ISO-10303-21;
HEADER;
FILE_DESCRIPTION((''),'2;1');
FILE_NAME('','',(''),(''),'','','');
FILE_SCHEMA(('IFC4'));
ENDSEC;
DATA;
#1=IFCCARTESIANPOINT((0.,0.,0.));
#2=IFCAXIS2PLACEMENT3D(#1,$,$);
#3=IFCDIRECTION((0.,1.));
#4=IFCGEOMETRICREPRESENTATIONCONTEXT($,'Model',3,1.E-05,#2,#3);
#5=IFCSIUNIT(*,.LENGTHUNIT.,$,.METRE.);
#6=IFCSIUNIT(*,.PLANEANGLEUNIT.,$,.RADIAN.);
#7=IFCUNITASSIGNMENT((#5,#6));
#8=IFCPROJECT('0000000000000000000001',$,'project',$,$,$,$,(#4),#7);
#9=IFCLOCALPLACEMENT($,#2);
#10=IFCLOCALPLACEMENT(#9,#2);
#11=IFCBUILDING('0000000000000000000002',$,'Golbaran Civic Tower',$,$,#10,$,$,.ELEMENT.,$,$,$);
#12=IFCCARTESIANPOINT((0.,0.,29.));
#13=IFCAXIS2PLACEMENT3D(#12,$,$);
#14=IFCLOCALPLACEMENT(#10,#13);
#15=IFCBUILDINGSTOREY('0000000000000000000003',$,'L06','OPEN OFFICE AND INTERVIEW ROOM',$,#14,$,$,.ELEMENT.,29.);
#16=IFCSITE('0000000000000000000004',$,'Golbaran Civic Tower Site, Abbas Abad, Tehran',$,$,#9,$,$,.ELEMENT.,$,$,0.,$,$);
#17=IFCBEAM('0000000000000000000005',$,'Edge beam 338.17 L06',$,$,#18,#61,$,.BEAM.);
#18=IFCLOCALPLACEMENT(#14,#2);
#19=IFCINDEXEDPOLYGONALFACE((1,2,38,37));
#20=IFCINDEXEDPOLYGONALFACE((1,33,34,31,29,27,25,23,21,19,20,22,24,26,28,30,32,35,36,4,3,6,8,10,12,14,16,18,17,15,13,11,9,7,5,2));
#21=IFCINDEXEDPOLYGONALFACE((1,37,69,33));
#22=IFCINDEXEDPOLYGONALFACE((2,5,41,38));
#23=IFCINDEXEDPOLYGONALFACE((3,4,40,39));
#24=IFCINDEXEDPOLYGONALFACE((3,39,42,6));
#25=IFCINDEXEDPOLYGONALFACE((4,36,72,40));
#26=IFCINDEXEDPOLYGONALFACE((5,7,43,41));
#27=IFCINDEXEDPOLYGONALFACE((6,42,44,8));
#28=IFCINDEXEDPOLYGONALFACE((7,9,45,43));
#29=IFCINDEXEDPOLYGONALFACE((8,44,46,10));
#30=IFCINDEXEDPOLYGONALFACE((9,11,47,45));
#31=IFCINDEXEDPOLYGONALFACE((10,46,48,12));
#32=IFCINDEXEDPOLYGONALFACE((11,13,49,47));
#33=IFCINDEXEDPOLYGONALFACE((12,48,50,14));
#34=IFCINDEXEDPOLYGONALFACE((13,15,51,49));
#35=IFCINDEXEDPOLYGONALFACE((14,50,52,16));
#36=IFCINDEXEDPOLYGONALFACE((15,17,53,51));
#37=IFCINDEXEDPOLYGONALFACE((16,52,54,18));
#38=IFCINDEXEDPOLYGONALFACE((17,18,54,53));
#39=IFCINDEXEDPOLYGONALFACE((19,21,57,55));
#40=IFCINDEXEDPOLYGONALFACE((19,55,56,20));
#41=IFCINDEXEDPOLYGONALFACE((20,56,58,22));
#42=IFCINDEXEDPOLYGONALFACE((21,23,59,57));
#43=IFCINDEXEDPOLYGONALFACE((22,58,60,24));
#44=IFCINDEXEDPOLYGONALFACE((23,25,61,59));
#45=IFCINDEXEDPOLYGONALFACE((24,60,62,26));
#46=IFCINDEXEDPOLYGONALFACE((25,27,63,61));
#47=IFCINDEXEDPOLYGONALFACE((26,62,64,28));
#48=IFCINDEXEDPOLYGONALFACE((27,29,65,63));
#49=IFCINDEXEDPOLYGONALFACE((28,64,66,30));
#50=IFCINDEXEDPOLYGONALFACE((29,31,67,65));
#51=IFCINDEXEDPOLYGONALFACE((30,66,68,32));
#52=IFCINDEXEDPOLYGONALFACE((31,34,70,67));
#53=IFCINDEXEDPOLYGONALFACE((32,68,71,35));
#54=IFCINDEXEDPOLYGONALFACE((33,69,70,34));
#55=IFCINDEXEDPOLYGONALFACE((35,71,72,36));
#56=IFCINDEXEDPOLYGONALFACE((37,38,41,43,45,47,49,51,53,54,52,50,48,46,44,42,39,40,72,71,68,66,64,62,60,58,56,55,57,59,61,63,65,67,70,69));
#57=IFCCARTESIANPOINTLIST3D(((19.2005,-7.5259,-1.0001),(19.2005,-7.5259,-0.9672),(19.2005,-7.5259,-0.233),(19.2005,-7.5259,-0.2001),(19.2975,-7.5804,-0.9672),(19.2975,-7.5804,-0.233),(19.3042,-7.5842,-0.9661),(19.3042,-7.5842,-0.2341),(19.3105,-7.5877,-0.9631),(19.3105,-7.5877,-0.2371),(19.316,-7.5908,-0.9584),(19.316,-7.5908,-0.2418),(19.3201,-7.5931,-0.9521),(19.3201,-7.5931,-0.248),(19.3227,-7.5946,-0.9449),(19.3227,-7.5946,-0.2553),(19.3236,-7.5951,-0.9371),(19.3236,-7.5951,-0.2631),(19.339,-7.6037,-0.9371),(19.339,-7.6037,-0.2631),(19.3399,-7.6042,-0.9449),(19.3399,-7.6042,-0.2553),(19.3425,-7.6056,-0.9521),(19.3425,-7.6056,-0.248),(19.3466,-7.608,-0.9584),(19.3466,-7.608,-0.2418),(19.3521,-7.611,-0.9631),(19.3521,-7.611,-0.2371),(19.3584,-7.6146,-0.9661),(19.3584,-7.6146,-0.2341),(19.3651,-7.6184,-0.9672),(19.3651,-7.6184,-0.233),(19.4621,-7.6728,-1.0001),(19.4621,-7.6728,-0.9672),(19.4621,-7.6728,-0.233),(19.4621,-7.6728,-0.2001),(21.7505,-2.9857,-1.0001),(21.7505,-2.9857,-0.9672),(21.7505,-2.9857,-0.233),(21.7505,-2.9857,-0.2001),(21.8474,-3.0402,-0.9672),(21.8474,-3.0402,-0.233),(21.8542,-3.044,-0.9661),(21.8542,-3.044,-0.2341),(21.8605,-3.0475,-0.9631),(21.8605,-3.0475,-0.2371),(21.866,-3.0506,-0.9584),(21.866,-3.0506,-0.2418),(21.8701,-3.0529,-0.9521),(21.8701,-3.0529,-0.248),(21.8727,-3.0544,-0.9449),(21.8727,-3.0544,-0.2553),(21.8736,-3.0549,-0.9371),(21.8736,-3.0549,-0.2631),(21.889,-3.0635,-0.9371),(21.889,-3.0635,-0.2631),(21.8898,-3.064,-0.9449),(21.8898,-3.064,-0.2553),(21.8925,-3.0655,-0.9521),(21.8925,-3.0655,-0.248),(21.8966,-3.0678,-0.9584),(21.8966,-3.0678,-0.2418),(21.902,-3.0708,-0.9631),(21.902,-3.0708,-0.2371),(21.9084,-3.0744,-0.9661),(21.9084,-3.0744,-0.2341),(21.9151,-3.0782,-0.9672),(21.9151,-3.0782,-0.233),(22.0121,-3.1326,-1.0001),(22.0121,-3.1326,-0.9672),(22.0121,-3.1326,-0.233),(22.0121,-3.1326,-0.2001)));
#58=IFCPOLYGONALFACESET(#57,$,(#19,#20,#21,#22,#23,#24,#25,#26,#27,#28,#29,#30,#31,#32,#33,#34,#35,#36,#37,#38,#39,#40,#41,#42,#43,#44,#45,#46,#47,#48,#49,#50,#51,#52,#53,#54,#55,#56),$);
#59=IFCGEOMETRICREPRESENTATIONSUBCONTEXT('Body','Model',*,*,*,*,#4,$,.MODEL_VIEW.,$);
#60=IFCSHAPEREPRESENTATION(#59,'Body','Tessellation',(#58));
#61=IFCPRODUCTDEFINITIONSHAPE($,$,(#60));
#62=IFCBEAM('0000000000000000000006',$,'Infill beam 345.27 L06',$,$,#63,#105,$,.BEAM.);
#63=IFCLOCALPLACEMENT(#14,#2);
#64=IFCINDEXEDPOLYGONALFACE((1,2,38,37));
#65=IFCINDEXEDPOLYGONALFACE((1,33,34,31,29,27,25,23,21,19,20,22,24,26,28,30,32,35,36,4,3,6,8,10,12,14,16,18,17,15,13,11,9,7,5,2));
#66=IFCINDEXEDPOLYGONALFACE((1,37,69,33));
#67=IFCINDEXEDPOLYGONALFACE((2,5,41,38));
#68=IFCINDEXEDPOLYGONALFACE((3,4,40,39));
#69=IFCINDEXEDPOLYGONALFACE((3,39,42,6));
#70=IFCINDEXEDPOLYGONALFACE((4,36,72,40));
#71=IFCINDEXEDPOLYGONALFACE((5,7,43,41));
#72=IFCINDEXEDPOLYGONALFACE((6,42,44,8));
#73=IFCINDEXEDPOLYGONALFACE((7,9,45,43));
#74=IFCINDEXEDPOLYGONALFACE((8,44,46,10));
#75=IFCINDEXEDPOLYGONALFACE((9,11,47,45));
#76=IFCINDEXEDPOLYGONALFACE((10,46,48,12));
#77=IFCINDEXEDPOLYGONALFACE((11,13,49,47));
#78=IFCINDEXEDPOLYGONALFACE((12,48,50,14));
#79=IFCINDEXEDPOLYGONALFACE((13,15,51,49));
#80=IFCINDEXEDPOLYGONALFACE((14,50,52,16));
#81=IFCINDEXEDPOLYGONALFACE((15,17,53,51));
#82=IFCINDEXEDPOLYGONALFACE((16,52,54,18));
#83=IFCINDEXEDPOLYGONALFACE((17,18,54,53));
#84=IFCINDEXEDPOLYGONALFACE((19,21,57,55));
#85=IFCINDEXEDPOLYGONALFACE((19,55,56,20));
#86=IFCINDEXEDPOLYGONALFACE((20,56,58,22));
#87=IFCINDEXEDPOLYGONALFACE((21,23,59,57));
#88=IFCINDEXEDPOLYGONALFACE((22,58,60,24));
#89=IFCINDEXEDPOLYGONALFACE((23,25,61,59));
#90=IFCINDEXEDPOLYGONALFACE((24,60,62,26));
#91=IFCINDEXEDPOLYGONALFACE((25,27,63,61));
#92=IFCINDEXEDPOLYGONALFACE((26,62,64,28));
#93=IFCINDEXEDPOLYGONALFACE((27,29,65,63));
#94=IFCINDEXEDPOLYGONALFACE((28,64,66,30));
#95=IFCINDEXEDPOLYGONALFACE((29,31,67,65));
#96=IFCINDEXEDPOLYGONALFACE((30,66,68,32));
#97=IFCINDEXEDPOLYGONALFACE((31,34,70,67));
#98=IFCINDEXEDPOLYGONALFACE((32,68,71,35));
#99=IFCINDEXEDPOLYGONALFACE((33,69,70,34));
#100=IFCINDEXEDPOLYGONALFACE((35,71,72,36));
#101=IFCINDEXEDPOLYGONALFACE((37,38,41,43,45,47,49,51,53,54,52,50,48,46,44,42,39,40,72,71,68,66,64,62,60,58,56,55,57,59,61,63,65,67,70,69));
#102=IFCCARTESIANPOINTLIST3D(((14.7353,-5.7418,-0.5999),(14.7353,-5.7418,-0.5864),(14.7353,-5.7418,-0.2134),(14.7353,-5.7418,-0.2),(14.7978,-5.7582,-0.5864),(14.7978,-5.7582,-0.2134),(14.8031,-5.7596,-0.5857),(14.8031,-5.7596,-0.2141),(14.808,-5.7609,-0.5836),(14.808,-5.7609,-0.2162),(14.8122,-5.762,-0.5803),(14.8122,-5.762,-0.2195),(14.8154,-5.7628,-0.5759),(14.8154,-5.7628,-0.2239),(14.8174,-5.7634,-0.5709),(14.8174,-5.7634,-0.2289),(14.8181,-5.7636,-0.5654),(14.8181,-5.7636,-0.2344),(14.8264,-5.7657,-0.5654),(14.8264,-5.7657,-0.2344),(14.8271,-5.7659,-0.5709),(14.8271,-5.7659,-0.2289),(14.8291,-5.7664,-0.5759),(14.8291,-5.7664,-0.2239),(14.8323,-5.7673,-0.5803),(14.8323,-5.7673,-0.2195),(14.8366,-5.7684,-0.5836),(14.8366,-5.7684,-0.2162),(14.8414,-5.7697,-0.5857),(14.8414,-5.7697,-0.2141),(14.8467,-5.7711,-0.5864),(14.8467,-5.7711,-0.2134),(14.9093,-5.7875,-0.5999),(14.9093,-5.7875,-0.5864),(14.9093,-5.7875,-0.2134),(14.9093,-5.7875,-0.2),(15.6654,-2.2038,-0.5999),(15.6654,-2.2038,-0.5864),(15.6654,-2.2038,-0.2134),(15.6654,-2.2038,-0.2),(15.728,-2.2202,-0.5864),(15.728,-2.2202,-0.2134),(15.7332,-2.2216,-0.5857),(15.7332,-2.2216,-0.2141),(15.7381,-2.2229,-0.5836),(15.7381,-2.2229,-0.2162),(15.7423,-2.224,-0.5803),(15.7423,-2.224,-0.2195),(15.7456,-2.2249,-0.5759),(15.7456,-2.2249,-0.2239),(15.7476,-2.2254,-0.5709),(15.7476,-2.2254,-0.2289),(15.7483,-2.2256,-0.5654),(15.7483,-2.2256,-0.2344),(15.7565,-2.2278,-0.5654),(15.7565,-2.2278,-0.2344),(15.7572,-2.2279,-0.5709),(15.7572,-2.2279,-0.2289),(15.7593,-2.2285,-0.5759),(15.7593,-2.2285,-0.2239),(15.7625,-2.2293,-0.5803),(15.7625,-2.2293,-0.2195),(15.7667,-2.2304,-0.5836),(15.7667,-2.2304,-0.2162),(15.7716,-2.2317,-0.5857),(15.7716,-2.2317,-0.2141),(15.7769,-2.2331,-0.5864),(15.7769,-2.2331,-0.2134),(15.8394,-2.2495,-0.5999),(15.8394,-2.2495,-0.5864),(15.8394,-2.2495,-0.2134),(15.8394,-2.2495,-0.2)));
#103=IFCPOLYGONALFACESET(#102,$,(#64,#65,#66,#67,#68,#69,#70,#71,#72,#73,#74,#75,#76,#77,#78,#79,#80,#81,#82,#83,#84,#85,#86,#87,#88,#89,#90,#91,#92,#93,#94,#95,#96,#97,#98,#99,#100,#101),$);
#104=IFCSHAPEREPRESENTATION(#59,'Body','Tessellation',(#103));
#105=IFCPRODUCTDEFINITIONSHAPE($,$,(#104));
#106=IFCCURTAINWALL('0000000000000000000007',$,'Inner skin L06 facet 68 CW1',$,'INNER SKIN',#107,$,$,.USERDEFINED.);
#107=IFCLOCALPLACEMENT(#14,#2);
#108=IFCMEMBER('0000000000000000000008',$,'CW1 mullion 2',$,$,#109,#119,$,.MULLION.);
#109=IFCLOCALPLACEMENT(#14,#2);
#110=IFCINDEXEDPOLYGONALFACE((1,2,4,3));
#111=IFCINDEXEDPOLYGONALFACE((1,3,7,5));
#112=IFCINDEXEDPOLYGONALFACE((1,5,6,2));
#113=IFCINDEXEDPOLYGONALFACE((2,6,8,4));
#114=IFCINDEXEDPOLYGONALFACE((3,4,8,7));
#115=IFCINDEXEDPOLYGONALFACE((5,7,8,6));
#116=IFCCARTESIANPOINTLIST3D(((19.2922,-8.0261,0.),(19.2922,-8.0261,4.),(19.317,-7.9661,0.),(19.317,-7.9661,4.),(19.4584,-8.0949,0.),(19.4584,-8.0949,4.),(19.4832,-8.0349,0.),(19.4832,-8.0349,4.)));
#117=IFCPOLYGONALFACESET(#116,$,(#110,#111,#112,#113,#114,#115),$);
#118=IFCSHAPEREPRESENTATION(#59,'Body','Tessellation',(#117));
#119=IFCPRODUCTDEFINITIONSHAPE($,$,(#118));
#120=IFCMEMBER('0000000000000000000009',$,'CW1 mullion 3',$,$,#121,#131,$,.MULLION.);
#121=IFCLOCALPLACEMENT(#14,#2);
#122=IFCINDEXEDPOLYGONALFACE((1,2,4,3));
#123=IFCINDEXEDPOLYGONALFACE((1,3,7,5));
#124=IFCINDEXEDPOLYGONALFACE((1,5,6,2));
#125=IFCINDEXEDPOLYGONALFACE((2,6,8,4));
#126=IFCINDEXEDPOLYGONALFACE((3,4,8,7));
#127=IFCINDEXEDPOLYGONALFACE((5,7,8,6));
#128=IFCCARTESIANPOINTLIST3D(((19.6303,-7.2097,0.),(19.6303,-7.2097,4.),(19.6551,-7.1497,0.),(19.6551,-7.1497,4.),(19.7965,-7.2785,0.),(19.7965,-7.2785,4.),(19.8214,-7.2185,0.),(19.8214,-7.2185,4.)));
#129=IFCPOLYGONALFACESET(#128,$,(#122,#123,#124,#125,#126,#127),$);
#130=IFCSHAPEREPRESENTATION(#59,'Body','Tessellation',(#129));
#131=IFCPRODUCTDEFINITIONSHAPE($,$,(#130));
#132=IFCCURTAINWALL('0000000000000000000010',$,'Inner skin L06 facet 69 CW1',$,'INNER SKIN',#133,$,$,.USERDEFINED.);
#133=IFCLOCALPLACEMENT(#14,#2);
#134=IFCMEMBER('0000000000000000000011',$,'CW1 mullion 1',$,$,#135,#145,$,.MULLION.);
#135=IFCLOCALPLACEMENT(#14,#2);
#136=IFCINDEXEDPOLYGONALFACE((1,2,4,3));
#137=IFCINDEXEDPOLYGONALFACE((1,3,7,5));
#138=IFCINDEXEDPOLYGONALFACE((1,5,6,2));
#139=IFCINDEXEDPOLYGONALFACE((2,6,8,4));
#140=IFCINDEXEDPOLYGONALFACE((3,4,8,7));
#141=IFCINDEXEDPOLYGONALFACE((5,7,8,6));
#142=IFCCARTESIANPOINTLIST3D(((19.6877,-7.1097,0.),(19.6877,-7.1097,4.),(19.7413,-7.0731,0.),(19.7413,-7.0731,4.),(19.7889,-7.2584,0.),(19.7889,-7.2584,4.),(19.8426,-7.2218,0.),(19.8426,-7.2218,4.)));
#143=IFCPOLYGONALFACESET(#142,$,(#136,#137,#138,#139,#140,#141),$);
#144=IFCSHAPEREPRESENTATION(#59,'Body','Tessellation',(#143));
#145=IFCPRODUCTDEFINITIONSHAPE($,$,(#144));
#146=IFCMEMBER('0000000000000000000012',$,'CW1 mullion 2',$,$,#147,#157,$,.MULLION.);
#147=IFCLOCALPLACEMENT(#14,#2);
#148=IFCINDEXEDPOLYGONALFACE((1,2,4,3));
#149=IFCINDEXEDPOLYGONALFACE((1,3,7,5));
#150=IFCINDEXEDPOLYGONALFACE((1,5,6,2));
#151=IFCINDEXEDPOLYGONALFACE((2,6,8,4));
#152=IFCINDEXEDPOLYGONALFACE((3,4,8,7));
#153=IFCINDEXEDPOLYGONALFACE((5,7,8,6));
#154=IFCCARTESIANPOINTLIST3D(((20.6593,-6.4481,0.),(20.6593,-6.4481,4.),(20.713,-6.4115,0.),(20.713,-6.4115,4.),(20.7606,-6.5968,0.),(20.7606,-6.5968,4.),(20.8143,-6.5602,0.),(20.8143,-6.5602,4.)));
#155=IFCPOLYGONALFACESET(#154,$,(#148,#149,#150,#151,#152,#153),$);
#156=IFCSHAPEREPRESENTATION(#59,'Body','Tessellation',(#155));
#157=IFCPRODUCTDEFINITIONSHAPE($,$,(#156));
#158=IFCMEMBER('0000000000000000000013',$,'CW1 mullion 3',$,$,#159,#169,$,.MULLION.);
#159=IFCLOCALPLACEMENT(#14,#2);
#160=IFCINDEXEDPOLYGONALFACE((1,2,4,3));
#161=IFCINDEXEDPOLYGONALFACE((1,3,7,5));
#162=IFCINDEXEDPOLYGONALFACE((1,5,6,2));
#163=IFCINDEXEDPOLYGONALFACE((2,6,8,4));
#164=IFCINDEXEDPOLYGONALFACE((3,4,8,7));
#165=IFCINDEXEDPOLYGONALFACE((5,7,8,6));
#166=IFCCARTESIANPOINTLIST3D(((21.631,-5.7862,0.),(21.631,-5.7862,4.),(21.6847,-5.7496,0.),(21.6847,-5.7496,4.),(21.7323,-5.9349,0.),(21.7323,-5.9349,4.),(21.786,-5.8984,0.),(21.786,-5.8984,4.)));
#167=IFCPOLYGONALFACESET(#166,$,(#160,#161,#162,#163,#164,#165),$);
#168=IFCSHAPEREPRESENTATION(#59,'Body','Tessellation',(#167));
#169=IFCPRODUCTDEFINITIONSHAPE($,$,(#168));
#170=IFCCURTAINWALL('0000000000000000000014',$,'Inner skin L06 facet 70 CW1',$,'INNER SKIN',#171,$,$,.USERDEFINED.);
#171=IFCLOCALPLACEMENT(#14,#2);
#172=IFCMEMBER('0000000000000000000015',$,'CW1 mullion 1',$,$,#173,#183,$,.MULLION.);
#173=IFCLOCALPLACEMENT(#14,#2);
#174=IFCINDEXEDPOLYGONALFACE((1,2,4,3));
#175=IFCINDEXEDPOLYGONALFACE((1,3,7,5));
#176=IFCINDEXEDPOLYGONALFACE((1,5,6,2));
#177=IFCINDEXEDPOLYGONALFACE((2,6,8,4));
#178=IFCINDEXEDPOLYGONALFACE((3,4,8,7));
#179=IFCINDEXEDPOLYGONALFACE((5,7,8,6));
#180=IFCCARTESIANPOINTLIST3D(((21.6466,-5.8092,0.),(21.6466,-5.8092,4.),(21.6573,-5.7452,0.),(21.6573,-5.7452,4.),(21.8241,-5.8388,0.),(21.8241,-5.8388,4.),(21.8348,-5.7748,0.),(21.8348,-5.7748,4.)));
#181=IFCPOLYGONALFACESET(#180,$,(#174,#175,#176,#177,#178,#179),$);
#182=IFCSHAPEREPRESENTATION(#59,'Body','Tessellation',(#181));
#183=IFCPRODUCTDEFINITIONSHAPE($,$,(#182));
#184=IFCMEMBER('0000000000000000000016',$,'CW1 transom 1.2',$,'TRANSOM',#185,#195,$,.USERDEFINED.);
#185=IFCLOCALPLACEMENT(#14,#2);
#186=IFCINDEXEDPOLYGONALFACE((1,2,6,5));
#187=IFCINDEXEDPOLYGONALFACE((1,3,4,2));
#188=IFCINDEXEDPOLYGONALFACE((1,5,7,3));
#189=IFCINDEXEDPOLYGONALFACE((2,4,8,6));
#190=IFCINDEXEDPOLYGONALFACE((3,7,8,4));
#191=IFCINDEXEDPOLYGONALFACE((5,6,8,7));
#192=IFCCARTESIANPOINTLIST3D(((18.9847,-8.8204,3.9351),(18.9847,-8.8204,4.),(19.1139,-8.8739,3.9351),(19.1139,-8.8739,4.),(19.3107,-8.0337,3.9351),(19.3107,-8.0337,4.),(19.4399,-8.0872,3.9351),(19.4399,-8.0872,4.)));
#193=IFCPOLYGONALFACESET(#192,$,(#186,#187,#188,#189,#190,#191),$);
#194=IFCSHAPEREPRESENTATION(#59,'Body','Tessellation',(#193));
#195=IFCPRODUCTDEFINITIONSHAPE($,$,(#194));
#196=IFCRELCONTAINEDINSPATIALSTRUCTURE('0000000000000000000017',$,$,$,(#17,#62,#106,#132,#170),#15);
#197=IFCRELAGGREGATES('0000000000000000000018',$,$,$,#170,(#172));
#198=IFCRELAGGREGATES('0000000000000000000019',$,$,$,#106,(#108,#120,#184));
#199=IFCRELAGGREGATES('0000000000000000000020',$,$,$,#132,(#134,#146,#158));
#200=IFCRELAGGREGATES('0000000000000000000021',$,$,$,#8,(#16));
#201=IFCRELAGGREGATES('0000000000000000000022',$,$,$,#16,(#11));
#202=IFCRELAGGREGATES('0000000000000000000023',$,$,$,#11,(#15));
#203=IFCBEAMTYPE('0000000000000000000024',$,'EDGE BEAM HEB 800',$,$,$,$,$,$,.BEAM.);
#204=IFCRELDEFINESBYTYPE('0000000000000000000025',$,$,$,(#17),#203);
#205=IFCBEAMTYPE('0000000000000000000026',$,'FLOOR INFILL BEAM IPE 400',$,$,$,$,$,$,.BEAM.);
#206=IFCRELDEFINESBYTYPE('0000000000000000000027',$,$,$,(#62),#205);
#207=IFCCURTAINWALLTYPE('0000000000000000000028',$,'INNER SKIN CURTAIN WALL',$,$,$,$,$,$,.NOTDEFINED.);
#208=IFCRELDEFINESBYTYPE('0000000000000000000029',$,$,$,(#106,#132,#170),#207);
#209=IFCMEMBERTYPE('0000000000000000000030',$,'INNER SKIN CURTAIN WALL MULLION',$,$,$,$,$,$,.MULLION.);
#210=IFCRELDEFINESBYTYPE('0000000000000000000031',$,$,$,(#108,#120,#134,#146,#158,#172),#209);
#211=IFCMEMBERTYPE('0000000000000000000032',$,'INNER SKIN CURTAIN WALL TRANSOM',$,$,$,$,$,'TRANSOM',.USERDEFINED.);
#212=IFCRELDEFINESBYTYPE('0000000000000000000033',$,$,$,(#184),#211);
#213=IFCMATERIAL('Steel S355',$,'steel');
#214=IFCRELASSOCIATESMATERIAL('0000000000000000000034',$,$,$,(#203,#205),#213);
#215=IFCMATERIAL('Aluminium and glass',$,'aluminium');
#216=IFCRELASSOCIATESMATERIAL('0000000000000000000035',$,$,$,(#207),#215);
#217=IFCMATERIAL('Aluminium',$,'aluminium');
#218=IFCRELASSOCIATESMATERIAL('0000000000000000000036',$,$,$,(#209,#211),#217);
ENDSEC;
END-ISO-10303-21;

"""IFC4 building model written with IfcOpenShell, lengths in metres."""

from ifc_helpers import new_model, si_unit, direction, frame, origin, origin_2d, place, context, subcontext, project, spatial, rectangle, i_section, extrude, material, material_profile, profile_set, type_object, element, aggregate, save


model = new_model("IFC4")

# Units and contexts
model_context = context("Model", 3, precision=1e-05, world=origin(), true_north=direction((0.0, 1.0)))
body_context = subcontext(model_context, "Body", "Model", "MODEL_VIEW")
ifc_project = project(units=[si_unit("LENGTHUNIT", "METRE"), si_unit("PLANEANGLEUNIT", "RADIAN")], contexts=[model_context])

# Site, building, storey
site_placement = place(None, origin())
site = spatial("IfcSite", under=ifc_project, at=site_placement, Name="Golbaran Civic Tower Site, Abbas Abad, Tehran", CompositionType="ELEMENT", RefElevation=0.0)
building_placement = place(site_placement, origin())
building = spatial("IfcBuilding", under=site, at=building_placement, Name="Golbaran Civic Tower", CompositionType="ELEMENT")
storey_placement = place(building_placement, frame((0.0, 0.0, 29.0)))
storey = spatial("IfcBuildingStorey", under=building, at=storey_placement, Name="L06", Description="OPEN OFFICE AND INTERVIEW ROOM", CompositionType="ELEMENT", Elevation=29.0)

# Beams
ifc_material_1 = material(Name="Steel S355", Category="steel")
ifc_material_profile_1 = material_profile(ifc_material_1, i_section(OverallWidth=0.3, OverallDepth=0.8, WebThickness=0.0176, FlangeThickness=0.033, FilletRadius=0.03, at=origin_2d()), Name="HEB 800")
ifc_profile_set_1 = profile_set([ifc_material_profile_1], Name="Steel S355")
beam_type_1 = type_object("IfcBeamType", Name="EDGE BEAM HEB 800", PredefinedType="BEAM", material=ifc_profile_set_1)
beam_1_placement = place(storey_placement, frame((19.3313, -7.5994, -0.6001), z_axis=(0.489698, 0.871892, 0.0), x_axis=(-0.871892, 0.489698, 0.0)))
element("IfcBeam", 1, at=beam_1_placement, inside=storey, type_object=beam_type_1, Name="Edge beam 338.17 L06", PredefinedType="BEAM", context=body_context, shape_type="SweptSolid", body=[
    extrude(i_section(OverallWidth=0.3, OverallDepth=0.8, WebThickness=0.0176, FlangeThickness=0.033, FilletRadius=0.03, at=origin_2d()), origin(), (0.0, 0.0, 1.0), 5.2073),
])
ifc_material_profile_2 = material_profile(ifc_material_1, i_section(OverallWidth=0.1799, OverallDepth=0.3999, WebThickness=0.0085, FlangeThickness=0.0134, FilletRadius=0.021, at=origin_2d()), Name="IPE 400")
ifc_profile_set_2 = profile_set([ifc_material_profile_2], Name="Steel S355")
beam_type_2 = type_object("IfcBeamType", Name="FLOOR INFILL BEAM IPE 400", PredefinedType="BEAM", material=ifc_profile_set_2)
beam_2_placement = place(storey_placement, frame((14.8223, -5.7646, -0.3999), z_axis=(0.254263, 0.967135, 0.0), x_axis=(-0.967135, 0.254263, 0.0)))
element("IfcBeam", 2, at=beam_2_placement, inside=storey, type_object=beam_type_2, Name="Infill beam 345.27 L06", PredefinedType="BEAM", context=body_context, shape_type="SweptSolid", body=[
    extrude(i_section(OverallWidth=0.1799, OverallDepth=0.3999, WebThickness=0.0085, FlangeThickness=0.0134, FilletRadius=0.021, at=origin_2d()), origin(), (0.0, 0.0, 1.0), 3.6582),
])

# Curtain walls, members
ifc_material_2 = material(Name="Aluminium and glass", Category="aluminium")
curtain_wall_type = type_object("IfcCurtainWallType", Name="INNER SKIN CURTAIN WALL", PredefinedType="NOTDEFINED", material=ifc_material_2)
curtain_wall_1_placement = place(storey_placement, origin())
curtain_wall_1 = element("IfcCurtainWall", 3, at=curtain_wall_1_placement, inside=storey, type_object=curtain_wall_type, Name="Inner skin L06 facet 68 CW1", ObjectType="INNER SKIN", PredefinedType="USERDEFINED")
ifc_material_3 = material(Name="Aluminium", Category="aluminium")
ifc_material_profile_3 = material_profile(ifc_material_3, rectangle(XDim=0.1799, YDim=0.0649, at=origin_2d()), Name="INNER SKIN CURTAIN WALL MULLION")
ifc_profile_set_3 = profile_set([ifc_material_profile_3], Name="Aluminium")
member_type_1 = type_object("IfcMemberType", Name="INNER SKIN CURTAIN WALL MULLION", PredefinedType="MULLION", material=ifc_profile_set_3)
member_1_placement = place(storey_placement, frame((19.3877, -8.0305, 0.0), z_axis=(0.0, 0.0, 1.0), x_axis=(-0.92388, 0.382683, 0.0)))
member_1 = element("IfcMember", 4, at=member_1_placement, type_object=member_type_1, Name="CW1 mullion 2", PredefinedType="MULLION", context=body_context, shape_type="SweptSolid", body=[
    extrude(rectangle(XDim=0.1799, YDim=0.0649, at=origin_2d()), origin(), (0.0, 0.0, 1.0), 4.0),
])
member_2_placement = place(storey_placement, frame((19.7258, -7.2141, 0.0), z_axis=(0.0, 0.0, 1.0), x_axis=(-0.92388, 0.382683, 0.0)))
member_2 = element("IfcMember", 5, at=member_2_placement, type_object=member_type_1, Name="CW1 mullion 3", PredefinedType="MULLION", context=body_context, shape_type="SweptSolid", body=[
    extrude(rectangle(XDim=0.1799, YDim=0.0649, at=origin_2d()), origin(), (0.0, 0.0, 1.0), 4.0),
])
curtain_wall_2_placement = place(storey_placement, origin())
curtain_wall_2 = element("IfcCurtainWall", 6, at=curtain_wall_2_placement, inside=storey, type_object=curtain_wall_type, Name="Inner skin L06 facet 69 CW1", ObjectType="INNER SKIN", PredefinedType="USERDEFINED")
member_3_placement = place(storey_placement, frame((19.7651, -7.1658, 0.0), z_axis=(0.0, 0.0, 1.0), x_axis=(-0.562936, 0.8265, 0.0)))
member_3 = element("IfcMember", 7, at=member_3_placement, type_object=member_type_1, Name="CW1 mullion 1", PredefinedType="MULLION", context=body_context, shape_type="SweptSolid", body=[
    extrude(rectangle(XDim=0.1799, YDim=0.0649, at=origin_2d()), origin(), (0.0, 0.0, 1.0), 4.0),
])
member_4_placement = place(storey_placement, frame((20.7368, -6.5042, 0.0), z_axis=(0.0, 0.0, 1.0), x_axis=(-0.562936, 0.8265, 0.0)))
member_4 = element("IfcMember", 8, at=member_4_placement, type_object=member_type_1, Name="CW1 mullion 2", PredefinedType="MULLION", context=body_context, shape_type="SweptSolid", body=[
    extrude(rectangle(XDim=0.1799, YDim=0.0649, at=origin_2d()), origin(), (0.0, 0.0, 1.0), 4.0),
])
member_5_placement = place(storey_placement, frame((21.7085, -5.8423, 0.0), z_axis=(0.0, 0.0, 1.0), x_axis=(-0.562936, 0.8265, 0.0)))
member_5 = element("IfcMember", 9, at=member_5_placement, type_object=member_type_1, Name="CW1 mullion 3", PredefinedType="MULLION", context=body_context, shape_type="SweptSolid", body=[
    extrude(rectangle(XDim=0.1799, YDim=0.0649, at=origin_2d()), origin(), (0.0, 0.0, 1.0), 4.0),
])

# Curtain wall, member
curtain_wall_3_placement = place(storey_placement, origin())
curtain_wall_3 = element("IfcCurtainWall", 10, at=curtain_wall_3_placement, inside=storey, type_object=curtain_wall_type, Name="Inner skin L06 facet 70 CW1", ObjectType="INNER SKIN", PredefinedType="USERDEFINED")
member_6_placement = place(storey_placement, frame((21.7407, -5.792, 0.0), z_axis=(0.0, 0.0, 1.0), x_axis=(-0.986391, 0.164415, 0.0)))
member_6 = element("IfcMember", 11, at=member_6_placement, type_object=member_type_1, Name="CW1 mullion 1", PredefinedType="MULLION", context=body_context, shape_type="SweptSolid", body=[
    extrude(rectangle(XDim=0.1799, YDim=0.0649, at=origin_2d()), origin(), (0.0, 0.0, 1.0), 4.0),
])

# Member
ifc_material_profile_4 = material_profile(ifc_material_3, rectangle(XDim=0.1399, YDim=0.0649, at=origin_2d()), Name="INNER SKIN CURTAIN WALL TRANSOM")
ifc_profile_set_4 = profile_set([ifc_material_profile_4], Name="Aluminium")
member_type_2 = type_object("IfcMemberType", Name="INNER SKIN CURTAIN WALL TRANSOM", ElementType="TRANSOM", PredefinedType="USERDEFINED", material=ifc_profile_set_4)
member_7_placement = place(storey_placement, frame((19.0493, -8.8472, 3.9675), z_axis=(0.382782, 0.923839, 0.0), x_axis=(-0.923839, 0.382782, 0.0)))
member_7 = element("IfcMember", 12, at=member_7_placement, type_object=member_type_2, Name="CW1 transom 1.2", ObjectType="TRANSOM", PredefinedType="USERDEFINED", context=body_context, shape_type="SweptSolid", body=[
    extrude(rectangle(XDim=0.1399, YDim=0.0649, at=origin_2d()), origin(), (0.0, 0.0, 1.0), 0.8516),
])

aggregate(curtain_wall_3, [member_6])
aggregate(curtain_wall_1, [member_1, member_2, member_7])
aggregate(curtain_wall_2, [member_3, member_4, member_5])

save(model, "model.ifc")
